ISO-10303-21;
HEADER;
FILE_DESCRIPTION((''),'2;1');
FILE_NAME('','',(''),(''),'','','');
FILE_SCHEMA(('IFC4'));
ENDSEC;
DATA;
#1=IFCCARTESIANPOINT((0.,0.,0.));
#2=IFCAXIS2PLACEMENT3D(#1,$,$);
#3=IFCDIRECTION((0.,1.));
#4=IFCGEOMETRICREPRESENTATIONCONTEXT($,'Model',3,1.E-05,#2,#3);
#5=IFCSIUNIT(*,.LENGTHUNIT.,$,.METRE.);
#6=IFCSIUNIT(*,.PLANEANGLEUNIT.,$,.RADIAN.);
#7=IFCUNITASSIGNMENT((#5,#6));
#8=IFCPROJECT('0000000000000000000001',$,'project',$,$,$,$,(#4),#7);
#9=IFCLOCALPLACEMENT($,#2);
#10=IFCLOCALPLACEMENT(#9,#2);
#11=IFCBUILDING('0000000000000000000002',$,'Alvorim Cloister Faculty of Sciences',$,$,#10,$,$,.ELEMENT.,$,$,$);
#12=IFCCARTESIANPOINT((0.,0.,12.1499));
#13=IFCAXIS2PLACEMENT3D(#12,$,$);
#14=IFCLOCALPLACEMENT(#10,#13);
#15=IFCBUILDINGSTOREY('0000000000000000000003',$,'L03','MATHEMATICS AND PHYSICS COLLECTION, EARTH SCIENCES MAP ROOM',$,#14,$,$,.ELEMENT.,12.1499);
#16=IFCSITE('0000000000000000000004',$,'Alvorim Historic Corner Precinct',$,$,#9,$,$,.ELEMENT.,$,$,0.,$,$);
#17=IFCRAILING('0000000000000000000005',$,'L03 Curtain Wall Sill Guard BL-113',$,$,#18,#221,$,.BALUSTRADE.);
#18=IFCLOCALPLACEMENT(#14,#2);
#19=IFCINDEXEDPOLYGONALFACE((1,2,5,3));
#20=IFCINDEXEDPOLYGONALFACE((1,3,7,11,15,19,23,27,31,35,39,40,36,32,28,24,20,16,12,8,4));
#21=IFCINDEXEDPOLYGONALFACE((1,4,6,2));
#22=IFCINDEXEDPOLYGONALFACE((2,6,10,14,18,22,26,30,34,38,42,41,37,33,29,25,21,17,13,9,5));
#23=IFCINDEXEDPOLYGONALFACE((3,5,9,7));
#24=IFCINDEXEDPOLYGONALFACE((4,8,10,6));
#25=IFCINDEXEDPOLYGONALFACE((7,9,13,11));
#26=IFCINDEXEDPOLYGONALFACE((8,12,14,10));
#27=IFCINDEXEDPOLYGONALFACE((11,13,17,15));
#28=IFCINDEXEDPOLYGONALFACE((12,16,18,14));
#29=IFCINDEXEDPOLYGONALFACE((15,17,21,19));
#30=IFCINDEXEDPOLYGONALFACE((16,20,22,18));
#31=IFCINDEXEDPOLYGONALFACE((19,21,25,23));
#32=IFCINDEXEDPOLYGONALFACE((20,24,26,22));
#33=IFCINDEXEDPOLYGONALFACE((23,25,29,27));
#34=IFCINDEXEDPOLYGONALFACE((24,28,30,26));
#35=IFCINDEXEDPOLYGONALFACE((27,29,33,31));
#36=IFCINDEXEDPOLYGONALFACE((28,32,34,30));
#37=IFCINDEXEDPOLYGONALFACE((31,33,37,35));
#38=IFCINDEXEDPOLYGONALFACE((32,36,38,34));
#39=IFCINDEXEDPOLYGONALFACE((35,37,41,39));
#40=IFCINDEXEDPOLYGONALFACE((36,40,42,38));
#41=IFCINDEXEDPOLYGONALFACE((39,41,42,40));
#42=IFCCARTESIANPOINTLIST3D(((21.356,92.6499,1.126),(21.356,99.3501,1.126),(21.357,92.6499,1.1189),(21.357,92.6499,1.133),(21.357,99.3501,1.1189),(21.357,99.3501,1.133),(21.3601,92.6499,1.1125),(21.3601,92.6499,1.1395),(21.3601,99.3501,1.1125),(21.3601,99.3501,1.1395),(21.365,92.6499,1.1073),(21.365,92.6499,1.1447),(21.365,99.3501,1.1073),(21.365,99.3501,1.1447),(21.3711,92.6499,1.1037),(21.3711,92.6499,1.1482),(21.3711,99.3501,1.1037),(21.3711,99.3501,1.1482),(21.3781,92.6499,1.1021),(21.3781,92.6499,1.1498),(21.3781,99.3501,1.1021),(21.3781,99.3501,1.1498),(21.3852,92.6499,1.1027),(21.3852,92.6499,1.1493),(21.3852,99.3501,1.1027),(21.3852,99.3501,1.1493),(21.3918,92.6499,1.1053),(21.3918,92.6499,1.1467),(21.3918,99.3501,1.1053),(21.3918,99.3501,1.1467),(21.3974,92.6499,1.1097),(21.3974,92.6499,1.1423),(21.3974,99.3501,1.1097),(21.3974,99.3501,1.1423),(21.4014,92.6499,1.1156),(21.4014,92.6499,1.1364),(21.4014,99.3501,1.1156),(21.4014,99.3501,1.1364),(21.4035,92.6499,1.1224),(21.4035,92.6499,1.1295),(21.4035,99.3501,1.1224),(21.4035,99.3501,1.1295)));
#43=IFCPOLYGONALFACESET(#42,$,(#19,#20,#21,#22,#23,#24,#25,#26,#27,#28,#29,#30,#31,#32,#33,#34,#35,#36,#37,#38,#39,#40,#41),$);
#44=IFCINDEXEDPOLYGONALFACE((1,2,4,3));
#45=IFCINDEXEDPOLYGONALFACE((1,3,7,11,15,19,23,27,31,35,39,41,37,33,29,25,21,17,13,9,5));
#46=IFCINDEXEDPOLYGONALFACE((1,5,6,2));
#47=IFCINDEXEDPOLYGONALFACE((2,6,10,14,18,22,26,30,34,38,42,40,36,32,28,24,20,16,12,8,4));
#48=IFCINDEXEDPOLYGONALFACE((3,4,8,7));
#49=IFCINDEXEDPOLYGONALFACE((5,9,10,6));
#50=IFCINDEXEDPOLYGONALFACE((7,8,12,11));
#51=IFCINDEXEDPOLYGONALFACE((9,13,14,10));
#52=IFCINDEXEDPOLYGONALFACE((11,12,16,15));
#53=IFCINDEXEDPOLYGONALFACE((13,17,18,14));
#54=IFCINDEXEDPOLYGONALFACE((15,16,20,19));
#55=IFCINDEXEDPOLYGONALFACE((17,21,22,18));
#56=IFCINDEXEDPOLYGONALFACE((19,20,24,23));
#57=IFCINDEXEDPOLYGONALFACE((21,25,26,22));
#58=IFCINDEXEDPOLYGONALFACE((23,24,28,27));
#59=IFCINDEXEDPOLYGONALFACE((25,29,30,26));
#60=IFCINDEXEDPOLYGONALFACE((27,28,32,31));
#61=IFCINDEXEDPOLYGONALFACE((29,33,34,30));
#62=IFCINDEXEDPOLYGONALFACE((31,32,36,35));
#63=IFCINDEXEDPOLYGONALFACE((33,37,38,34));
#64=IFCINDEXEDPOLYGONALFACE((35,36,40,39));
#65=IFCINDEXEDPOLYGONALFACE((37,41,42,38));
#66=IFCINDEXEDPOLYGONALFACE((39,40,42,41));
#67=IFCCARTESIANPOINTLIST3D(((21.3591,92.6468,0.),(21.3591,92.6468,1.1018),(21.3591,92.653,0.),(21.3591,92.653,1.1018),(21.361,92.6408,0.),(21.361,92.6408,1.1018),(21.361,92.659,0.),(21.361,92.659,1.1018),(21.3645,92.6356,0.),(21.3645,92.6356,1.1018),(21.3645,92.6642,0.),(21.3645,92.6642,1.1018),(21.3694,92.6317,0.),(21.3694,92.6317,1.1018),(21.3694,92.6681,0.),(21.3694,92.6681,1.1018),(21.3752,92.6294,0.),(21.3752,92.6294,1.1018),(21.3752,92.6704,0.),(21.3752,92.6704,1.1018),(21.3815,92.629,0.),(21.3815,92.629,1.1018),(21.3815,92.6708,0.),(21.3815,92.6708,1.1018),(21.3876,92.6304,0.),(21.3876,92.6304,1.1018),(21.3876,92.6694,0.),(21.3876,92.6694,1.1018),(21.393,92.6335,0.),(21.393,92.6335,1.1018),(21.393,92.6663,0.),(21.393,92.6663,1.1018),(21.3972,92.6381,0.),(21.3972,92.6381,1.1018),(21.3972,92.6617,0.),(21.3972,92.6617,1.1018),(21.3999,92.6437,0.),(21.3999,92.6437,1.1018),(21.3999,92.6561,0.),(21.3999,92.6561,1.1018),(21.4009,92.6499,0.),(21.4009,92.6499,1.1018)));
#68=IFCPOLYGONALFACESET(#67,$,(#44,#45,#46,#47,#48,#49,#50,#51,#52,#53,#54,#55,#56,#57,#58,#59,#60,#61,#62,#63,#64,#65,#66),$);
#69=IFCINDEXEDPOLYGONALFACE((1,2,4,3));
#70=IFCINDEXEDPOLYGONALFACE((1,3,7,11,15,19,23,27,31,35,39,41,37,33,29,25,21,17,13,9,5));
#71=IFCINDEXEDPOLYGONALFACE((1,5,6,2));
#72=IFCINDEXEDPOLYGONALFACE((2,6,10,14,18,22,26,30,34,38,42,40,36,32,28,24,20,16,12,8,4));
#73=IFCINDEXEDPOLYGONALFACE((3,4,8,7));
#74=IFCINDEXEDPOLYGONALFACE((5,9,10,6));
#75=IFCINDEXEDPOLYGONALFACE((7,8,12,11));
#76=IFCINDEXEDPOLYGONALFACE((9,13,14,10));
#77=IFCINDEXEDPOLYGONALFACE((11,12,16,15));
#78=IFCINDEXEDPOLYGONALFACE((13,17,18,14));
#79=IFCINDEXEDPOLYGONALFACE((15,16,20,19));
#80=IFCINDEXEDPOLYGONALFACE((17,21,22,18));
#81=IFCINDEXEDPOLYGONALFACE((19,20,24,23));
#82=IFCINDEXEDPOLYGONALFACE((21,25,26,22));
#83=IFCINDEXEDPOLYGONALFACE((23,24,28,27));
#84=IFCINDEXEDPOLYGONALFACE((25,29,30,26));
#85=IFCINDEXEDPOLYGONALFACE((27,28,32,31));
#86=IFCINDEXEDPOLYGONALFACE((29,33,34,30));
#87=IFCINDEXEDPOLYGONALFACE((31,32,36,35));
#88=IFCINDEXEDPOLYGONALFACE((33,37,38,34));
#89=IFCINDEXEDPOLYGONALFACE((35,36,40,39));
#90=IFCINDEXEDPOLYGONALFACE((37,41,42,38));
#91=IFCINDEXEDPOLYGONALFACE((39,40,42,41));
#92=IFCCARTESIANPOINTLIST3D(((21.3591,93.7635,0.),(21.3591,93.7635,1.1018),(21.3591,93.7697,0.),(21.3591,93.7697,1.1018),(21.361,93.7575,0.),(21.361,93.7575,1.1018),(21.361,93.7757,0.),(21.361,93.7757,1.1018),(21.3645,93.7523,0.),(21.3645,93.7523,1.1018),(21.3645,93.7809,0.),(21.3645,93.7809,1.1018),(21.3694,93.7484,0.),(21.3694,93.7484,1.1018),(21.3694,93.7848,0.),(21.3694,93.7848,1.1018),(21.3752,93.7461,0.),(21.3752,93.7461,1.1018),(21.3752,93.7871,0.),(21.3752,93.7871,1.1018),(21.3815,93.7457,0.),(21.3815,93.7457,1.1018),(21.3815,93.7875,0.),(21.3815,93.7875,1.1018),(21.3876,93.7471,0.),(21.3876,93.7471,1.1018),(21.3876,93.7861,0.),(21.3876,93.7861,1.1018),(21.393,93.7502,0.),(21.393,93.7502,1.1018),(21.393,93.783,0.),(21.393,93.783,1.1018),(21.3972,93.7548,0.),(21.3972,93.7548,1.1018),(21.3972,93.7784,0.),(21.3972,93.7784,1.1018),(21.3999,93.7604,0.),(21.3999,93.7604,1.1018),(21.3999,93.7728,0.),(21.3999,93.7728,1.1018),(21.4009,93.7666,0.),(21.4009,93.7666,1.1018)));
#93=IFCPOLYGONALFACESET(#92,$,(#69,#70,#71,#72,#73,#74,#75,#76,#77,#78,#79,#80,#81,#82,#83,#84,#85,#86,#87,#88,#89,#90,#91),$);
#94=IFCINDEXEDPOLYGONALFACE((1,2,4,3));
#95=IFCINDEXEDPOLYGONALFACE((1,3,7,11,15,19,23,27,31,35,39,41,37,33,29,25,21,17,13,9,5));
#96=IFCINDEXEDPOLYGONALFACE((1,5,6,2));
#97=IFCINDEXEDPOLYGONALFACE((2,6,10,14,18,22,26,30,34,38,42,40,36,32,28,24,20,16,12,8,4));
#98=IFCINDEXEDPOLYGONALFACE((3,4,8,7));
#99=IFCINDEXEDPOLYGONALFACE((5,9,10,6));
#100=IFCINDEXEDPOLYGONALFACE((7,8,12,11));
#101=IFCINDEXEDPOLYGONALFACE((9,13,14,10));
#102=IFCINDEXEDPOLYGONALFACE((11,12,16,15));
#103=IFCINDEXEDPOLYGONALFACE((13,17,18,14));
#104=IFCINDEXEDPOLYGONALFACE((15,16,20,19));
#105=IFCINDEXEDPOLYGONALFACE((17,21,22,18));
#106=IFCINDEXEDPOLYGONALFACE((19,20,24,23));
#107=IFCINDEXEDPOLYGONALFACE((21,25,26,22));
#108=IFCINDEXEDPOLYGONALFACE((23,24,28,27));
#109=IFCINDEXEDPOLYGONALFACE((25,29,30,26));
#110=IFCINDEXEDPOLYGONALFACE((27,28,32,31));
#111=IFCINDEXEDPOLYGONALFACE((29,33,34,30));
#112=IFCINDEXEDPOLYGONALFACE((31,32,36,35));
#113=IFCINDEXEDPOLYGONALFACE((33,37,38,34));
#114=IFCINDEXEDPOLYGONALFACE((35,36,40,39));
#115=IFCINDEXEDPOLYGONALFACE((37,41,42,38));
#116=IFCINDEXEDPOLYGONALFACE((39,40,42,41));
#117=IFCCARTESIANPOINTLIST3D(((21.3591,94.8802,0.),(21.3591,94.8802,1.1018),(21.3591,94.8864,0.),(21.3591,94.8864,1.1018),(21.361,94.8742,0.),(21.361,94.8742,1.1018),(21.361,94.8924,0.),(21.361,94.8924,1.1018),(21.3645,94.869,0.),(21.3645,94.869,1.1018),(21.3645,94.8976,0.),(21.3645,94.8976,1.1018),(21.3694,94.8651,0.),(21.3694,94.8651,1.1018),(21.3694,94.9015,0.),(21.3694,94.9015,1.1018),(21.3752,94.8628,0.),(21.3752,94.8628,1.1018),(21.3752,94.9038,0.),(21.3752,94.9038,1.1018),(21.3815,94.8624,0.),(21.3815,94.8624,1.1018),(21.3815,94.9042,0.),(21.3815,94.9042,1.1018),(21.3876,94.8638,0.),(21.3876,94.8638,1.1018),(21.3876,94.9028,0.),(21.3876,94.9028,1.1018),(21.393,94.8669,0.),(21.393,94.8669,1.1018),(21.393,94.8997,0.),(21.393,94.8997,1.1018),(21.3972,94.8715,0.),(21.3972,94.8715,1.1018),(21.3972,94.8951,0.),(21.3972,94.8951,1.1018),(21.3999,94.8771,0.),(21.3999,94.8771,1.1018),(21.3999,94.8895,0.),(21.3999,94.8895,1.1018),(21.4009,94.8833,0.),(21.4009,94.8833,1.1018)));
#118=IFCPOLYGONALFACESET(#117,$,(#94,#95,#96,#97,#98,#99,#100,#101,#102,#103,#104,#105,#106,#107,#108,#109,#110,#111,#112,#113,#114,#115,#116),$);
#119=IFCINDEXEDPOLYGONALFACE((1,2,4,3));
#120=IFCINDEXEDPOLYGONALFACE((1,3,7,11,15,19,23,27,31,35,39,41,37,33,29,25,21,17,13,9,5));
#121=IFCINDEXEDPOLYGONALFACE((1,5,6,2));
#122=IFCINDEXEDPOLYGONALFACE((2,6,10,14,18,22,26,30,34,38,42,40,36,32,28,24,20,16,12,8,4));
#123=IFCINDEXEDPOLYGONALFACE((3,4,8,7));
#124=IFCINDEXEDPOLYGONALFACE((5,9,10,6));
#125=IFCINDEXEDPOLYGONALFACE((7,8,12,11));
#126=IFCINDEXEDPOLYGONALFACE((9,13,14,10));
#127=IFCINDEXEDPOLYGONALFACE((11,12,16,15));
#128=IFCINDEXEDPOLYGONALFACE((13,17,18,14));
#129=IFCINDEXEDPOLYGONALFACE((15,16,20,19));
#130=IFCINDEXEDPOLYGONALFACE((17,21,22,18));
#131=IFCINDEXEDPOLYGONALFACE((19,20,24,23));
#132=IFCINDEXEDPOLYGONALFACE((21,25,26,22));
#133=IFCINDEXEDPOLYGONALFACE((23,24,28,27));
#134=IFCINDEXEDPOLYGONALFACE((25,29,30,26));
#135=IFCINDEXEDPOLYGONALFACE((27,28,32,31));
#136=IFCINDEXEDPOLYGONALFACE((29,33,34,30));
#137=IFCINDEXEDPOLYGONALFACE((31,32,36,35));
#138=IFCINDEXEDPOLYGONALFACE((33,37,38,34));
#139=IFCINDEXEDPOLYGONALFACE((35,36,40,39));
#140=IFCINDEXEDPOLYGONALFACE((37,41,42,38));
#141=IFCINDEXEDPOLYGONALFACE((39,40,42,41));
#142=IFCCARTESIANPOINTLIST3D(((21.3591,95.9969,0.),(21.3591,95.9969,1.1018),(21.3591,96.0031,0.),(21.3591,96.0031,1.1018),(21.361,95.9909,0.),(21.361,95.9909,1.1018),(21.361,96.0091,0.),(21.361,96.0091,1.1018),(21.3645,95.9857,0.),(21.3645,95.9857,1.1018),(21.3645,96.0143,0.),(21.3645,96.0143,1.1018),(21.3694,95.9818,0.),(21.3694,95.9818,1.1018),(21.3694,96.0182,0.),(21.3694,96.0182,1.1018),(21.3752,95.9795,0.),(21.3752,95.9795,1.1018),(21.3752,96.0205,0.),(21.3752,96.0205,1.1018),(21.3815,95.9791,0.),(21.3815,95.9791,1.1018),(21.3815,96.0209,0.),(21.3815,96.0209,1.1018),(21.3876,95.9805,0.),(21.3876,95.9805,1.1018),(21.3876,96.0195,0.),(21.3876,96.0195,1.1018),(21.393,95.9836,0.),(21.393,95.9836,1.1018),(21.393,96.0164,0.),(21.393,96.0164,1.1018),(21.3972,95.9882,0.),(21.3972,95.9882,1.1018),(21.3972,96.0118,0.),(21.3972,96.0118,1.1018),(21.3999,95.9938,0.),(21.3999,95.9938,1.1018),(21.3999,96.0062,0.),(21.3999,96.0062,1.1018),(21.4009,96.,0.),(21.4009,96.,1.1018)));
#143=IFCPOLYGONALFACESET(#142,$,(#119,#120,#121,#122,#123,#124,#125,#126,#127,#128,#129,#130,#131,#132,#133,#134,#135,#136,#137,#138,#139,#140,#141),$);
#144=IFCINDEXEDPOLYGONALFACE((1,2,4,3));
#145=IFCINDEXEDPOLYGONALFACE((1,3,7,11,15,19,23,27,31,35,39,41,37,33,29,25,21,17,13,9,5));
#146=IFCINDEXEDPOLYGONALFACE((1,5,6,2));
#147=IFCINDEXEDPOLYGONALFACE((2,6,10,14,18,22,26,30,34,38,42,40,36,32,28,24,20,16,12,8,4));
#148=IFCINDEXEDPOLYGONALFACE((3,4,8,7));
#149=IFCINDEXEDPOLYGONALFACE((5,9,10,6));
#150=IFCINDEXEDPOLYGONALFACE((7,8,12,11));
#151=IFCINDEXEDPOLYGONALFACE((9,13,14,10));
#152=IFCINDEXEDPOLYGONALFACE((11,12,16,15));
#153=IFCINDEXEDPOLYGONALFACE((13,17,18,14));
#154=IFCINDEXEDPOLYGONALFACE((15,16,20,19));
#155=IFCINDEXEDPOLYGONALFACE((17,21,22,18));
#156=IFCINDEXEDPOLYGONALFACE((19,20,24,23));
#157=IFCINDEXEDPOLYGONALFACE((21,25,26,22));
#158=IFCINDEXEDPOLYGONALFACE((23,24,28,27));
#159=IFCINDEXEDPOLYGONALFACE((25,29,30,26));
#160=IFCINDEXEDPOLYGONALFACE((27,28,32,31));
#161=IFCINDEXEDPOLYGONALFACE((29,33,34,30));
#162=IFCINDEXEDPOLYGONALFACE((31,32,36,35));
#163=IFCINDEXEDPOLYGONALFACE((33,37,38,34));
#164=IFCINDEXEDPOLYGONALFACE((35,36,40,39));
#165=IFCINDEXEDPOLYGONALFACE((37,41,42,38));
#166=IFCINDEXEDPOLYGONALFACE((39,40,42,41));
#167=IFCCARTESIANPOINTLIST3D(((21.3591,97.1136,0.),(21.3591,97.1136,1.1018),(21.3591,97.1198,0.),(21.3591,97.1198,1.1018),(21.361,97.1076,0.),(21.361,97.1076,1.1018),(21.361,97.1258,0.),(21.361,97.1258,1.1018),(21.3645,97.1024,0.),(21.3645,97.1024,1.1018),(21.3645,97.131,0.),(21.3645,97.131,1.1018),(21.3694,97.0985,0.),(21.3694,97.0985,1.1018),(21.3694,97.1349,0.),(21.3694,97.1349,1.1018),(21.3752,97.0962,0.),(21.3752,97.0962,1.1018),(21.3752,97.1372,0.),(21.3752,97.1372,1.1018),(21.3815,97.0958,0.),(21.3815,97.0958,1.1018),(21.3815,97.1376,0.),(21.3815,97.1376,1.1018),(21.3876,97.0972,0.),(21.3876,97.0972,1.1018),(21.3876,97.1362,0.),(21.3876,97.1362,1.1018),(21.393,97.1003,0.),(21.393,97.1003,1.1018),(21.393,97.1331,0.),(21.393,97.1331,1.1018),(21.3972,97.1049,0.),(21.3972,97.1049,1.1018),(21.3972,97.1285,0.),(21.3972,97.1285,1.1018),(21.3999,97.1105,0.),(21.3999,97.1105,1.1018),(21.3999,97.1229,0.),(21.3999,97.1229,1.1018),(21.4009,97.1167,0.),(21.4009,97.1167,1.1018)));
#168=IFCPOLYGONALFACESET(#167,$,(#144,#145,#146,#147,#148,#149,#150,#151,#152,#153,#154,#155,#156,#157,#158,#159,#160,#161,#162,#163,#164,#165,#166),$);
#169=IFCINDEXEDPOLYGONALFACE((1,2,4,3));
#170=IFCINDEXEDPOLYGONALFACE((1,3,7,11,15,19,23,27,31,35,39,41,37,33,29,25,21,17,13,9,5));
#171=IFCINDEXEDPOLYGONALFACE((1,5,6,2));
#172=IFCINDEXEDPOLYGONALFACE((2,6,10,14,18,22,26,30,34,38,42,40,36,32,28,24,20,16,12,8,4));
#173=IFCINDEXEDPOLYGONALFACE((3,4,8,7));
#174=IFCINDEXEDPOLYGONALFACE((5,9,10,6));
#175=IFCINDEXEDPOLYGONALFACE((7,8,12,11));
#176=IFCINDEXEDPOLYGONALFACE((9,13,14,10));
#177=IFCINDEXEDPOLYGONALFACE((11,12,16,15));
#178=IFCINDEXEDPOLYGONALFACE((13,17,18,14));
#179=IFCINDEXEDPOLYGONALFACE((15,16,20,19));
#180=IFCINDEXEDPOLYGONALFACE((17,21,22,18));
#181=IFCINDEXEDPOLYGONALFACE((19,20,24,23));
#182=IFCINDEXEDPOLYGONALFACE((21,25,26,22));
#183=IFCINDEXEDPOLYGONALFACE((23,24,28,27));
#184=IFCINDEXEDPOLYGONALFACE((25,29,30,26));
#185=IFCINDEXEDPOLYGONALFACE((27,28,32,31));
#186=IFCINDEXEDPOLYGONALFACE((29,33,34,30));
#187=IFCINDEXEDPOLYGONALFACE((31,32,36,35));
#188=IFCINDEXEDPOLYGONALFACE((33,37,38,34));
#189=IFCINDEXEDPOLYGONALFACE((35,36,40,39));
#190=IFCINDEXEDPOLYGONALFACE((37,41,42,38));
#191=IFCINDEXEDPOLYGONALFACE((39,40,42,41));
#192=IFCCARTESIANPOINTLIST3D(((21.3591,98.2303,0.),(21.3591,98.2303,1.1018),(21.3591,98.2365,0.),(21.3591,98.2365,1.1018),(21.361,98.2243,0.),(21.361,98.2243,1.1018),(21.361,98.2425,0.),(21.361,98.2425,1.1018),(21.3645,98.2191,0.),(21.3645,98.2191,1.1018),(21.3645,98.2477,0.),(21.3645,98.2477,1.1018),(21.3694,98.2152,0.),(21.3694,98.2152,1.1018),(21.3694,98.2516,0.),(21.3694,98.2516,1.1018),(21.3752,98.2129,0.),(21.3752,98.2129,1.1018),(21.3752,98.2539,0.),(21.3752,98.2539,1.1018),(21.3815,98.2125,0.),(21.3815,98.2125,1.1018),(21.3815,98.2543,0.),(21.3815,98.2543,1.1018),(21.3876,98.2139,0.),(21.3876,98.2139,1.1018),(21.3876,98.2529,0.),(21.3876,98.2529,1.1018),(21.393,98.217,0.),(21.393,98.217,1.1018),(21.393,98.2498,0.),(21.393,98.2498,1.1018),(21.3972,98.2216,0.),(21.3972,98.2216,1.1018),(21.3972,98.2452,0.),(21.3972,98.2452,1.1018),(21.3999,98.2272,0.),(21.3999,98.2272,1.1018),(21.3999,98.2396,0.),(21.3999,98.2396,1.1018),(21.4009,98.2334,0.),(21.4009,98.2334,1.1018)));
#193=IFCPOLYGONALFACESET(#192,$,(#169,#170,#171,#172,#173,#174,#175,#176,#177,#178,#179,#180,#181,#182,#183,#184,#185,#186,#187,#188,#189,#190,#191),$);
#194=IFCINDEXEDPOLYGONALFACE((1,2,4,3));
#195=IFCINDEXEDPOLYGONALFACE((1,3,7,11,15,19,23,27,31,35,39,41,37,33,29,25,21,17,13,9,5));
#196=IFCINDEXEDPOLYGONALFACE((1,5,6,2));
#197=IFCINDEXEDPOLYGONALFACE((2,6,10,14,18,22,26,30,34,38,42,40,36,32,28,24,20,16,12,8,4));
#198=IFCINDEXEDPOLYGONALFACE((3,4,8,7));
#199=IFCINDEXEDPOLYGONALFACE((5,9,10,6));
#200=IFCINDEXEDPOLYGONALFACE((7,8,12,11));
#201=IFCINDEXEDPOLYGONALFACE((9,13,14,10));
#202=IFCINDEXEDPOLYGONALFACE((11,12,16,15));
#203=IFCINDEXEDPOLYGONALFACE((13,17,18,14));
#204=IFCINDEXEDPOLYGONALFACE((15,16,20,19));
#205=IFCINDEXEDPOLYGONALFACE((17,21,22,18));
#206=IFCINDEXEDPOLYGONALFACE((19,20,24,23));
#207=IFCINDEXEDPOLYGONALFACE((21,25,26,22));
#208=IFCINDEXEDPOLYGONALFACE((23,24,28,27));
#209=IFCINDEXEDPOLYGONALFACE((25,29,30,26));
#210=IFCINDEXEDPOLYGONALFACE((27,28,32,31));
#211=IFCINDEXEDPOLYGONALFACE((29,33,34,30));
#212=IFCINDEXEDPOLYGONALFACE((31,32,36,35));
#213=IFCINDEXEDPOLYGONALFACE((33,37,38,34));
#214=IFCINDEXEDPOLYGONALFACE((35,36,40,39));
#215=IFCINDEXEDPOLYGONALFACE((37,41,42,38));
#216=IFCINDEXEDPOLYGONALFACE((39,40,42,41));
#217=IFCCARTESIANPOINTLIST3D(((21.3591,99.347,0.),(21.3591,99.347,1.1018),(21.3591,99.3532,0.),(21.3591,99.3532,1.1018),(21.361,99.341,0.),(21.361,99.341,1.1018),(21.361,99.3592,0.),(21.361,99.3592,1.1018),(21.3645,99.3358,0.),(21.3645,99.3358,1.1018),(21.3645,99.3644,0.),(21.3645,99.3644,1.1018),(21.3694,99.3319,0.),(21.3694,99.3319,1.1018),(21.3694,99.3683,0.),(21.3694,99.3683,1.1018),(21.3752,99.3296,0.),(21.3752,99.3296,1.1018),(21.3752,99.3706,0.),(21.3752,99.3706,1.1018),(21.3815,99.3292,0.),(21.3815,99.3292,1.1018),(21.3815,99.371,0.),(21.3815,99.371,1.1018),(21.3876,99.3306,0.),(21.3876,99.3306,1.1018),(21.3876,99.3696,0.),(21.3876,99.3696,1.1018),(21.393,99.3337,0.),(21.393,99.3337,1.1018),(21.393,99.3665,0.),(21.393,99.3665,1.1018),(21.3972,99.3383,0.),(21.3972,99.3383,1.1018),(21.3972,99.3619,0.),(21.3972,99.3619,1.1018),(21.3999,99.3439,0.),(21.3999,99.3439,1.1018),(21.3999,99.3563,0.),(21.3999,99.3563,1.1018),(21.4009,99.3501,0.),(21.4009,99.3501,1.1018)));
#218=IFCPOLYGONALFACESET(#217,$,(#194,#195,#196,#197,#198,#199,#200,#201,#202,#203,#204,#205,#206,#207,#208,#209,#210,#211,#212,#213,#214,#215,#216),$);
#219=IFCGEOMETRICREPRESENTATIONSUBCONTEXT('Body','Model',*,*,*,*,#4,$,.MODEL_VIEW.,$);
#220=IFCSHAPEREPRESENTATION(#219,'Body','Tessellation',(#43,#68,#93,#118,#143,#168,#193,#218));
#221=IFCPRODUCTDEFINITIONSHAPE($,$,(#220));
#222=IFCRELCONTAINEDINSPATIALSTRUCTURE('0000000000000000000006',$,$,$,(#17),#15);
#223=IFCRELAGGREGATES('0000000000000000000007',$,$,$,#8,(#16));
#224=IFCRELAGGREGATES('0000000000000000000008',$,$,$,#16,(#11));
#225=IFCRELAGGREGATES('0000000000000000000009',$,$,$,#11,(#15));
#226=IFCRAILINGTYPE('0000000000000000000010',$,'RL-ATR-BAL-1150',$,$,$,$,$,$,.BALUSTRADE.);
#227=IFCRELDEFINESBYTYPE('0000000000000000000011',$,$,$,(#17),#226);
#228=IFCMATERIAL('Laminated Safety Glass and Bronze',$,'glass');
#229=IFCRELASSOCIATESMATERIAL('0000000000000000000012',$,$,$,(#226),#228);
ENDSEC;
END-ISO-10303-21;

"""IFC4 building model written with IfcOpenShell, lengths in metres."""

from ifc_helpers import new_model, si_unit, direction, frame, origin, origin_2d, place, context, subcontext, project, spatial, circle, extrude, material, type_object, element, save


model = new_model("IFC4")

# Units and contexts
model_context = context("Model", 3, precision=1e-05, world=origin(), true_north=direction((0.0, 1.0)))
body_context = subcontext(model_context, "Body", "Model", "MODEL_VIEW")
ifc_project = project(units=[si_unit("LENGTHUNIT", "METRE"), si_unit("PLANEANGLEUNIT", "RADIAN")], contexts=[model_context])

# Site, building, storey
site_placement = place(None, origin())
site = spatial("IfcSite", under=ifc_project, at=site_placement, Name="Alvorim Historic Corner Precinct", CompositionType="ELEMENT", RefElevation=0.0)
building_placement = place(site_placement, origin())
building = spatial("IfcBuilding", under=site, at=building_placement, Name="Alvorim Cloister Faculty of Sciences", CompositionType="ELEMENT")
storey_placement = place(building_placement, frame((0.0, 0.0, 12.1499)))
storey = spatial("IfcBuildingStorey", under=building, at=storey_placement, Name="L03", Description="MATHEMATICS AND PHYSICS COLLECTION, EARTH SCIENCES MAP ROOM", CompositionType="ELEMENT", Elevation=12.1499)

# Railing
ifc_material_1 = material(Name="Laminated Safety Glass and Bronze", Category="glass")
railing_type = type_object("IfcRailingType", Name="RL-ATR-BAL-1150", PredefinedType="BALUSTRADE", material=ifc_material_1)
railing_placement = place(storey_placement, frame((21.3799, 92.6499, 0.0)))
element("IfcRailing", 1, at=railing_placement, inside=storey, type_object=railing_type, Name="L03 Curtain Wall Sill Guard BL-113", PredefinedType="BALUSTRADE", context=body_context, shape_type="SweptSolid", body=[
    extrude(circle(Radius=0.0239, at=origin_2d()), frame((0.0, 0.0, 1.126), z_axis=(0.0, 1.0, 0.0), x_axis=(-1.0, 0.0, 0.0)), (0.0, 0.0, 1.0), 6.7002),
    extrude(circle(Radius=0.021, at=origin_2d()), origin(), (0.0, 0.0, 1.0), 1.1018),
    extrude(circle(Radius=0.021, at=origin_2d()), frame((0.0, 1.1167, 0.0)), (0.0, 0.0, 1.0), 1.1018),
    extrude(circle(Radius=0.021, at=origin_2d()), frame((0.0, 2.2334, 0.0)), (0.0, 0.0, 1.0), 1.1018),
    extrude(circle(Radius=0.021, at=origin_2d()), frame((0.0, 3.3501, 0.0)), (0.0, 0.0, 1.0), 1.1018),
    extrude(circle(Radius=0.021, at=origin_2d()), frame((0.0, 4.4668, 0.0)), (0.0, 0.0, 1.0), 1.1018),
    extrude(circle(Radius=0.021, at=origin_2d()), frame((0.0, 5.5835, 0.0)), (0.0, 0.0, 1.0), 1.1018),
    extrude(circle(Radius=0.021, at=origin_2d()), frame((0.0, 6.7002, 0.0)), (0.0, 0.0, 1.0), 1.1018),
])

save(model, "model.ifc")
